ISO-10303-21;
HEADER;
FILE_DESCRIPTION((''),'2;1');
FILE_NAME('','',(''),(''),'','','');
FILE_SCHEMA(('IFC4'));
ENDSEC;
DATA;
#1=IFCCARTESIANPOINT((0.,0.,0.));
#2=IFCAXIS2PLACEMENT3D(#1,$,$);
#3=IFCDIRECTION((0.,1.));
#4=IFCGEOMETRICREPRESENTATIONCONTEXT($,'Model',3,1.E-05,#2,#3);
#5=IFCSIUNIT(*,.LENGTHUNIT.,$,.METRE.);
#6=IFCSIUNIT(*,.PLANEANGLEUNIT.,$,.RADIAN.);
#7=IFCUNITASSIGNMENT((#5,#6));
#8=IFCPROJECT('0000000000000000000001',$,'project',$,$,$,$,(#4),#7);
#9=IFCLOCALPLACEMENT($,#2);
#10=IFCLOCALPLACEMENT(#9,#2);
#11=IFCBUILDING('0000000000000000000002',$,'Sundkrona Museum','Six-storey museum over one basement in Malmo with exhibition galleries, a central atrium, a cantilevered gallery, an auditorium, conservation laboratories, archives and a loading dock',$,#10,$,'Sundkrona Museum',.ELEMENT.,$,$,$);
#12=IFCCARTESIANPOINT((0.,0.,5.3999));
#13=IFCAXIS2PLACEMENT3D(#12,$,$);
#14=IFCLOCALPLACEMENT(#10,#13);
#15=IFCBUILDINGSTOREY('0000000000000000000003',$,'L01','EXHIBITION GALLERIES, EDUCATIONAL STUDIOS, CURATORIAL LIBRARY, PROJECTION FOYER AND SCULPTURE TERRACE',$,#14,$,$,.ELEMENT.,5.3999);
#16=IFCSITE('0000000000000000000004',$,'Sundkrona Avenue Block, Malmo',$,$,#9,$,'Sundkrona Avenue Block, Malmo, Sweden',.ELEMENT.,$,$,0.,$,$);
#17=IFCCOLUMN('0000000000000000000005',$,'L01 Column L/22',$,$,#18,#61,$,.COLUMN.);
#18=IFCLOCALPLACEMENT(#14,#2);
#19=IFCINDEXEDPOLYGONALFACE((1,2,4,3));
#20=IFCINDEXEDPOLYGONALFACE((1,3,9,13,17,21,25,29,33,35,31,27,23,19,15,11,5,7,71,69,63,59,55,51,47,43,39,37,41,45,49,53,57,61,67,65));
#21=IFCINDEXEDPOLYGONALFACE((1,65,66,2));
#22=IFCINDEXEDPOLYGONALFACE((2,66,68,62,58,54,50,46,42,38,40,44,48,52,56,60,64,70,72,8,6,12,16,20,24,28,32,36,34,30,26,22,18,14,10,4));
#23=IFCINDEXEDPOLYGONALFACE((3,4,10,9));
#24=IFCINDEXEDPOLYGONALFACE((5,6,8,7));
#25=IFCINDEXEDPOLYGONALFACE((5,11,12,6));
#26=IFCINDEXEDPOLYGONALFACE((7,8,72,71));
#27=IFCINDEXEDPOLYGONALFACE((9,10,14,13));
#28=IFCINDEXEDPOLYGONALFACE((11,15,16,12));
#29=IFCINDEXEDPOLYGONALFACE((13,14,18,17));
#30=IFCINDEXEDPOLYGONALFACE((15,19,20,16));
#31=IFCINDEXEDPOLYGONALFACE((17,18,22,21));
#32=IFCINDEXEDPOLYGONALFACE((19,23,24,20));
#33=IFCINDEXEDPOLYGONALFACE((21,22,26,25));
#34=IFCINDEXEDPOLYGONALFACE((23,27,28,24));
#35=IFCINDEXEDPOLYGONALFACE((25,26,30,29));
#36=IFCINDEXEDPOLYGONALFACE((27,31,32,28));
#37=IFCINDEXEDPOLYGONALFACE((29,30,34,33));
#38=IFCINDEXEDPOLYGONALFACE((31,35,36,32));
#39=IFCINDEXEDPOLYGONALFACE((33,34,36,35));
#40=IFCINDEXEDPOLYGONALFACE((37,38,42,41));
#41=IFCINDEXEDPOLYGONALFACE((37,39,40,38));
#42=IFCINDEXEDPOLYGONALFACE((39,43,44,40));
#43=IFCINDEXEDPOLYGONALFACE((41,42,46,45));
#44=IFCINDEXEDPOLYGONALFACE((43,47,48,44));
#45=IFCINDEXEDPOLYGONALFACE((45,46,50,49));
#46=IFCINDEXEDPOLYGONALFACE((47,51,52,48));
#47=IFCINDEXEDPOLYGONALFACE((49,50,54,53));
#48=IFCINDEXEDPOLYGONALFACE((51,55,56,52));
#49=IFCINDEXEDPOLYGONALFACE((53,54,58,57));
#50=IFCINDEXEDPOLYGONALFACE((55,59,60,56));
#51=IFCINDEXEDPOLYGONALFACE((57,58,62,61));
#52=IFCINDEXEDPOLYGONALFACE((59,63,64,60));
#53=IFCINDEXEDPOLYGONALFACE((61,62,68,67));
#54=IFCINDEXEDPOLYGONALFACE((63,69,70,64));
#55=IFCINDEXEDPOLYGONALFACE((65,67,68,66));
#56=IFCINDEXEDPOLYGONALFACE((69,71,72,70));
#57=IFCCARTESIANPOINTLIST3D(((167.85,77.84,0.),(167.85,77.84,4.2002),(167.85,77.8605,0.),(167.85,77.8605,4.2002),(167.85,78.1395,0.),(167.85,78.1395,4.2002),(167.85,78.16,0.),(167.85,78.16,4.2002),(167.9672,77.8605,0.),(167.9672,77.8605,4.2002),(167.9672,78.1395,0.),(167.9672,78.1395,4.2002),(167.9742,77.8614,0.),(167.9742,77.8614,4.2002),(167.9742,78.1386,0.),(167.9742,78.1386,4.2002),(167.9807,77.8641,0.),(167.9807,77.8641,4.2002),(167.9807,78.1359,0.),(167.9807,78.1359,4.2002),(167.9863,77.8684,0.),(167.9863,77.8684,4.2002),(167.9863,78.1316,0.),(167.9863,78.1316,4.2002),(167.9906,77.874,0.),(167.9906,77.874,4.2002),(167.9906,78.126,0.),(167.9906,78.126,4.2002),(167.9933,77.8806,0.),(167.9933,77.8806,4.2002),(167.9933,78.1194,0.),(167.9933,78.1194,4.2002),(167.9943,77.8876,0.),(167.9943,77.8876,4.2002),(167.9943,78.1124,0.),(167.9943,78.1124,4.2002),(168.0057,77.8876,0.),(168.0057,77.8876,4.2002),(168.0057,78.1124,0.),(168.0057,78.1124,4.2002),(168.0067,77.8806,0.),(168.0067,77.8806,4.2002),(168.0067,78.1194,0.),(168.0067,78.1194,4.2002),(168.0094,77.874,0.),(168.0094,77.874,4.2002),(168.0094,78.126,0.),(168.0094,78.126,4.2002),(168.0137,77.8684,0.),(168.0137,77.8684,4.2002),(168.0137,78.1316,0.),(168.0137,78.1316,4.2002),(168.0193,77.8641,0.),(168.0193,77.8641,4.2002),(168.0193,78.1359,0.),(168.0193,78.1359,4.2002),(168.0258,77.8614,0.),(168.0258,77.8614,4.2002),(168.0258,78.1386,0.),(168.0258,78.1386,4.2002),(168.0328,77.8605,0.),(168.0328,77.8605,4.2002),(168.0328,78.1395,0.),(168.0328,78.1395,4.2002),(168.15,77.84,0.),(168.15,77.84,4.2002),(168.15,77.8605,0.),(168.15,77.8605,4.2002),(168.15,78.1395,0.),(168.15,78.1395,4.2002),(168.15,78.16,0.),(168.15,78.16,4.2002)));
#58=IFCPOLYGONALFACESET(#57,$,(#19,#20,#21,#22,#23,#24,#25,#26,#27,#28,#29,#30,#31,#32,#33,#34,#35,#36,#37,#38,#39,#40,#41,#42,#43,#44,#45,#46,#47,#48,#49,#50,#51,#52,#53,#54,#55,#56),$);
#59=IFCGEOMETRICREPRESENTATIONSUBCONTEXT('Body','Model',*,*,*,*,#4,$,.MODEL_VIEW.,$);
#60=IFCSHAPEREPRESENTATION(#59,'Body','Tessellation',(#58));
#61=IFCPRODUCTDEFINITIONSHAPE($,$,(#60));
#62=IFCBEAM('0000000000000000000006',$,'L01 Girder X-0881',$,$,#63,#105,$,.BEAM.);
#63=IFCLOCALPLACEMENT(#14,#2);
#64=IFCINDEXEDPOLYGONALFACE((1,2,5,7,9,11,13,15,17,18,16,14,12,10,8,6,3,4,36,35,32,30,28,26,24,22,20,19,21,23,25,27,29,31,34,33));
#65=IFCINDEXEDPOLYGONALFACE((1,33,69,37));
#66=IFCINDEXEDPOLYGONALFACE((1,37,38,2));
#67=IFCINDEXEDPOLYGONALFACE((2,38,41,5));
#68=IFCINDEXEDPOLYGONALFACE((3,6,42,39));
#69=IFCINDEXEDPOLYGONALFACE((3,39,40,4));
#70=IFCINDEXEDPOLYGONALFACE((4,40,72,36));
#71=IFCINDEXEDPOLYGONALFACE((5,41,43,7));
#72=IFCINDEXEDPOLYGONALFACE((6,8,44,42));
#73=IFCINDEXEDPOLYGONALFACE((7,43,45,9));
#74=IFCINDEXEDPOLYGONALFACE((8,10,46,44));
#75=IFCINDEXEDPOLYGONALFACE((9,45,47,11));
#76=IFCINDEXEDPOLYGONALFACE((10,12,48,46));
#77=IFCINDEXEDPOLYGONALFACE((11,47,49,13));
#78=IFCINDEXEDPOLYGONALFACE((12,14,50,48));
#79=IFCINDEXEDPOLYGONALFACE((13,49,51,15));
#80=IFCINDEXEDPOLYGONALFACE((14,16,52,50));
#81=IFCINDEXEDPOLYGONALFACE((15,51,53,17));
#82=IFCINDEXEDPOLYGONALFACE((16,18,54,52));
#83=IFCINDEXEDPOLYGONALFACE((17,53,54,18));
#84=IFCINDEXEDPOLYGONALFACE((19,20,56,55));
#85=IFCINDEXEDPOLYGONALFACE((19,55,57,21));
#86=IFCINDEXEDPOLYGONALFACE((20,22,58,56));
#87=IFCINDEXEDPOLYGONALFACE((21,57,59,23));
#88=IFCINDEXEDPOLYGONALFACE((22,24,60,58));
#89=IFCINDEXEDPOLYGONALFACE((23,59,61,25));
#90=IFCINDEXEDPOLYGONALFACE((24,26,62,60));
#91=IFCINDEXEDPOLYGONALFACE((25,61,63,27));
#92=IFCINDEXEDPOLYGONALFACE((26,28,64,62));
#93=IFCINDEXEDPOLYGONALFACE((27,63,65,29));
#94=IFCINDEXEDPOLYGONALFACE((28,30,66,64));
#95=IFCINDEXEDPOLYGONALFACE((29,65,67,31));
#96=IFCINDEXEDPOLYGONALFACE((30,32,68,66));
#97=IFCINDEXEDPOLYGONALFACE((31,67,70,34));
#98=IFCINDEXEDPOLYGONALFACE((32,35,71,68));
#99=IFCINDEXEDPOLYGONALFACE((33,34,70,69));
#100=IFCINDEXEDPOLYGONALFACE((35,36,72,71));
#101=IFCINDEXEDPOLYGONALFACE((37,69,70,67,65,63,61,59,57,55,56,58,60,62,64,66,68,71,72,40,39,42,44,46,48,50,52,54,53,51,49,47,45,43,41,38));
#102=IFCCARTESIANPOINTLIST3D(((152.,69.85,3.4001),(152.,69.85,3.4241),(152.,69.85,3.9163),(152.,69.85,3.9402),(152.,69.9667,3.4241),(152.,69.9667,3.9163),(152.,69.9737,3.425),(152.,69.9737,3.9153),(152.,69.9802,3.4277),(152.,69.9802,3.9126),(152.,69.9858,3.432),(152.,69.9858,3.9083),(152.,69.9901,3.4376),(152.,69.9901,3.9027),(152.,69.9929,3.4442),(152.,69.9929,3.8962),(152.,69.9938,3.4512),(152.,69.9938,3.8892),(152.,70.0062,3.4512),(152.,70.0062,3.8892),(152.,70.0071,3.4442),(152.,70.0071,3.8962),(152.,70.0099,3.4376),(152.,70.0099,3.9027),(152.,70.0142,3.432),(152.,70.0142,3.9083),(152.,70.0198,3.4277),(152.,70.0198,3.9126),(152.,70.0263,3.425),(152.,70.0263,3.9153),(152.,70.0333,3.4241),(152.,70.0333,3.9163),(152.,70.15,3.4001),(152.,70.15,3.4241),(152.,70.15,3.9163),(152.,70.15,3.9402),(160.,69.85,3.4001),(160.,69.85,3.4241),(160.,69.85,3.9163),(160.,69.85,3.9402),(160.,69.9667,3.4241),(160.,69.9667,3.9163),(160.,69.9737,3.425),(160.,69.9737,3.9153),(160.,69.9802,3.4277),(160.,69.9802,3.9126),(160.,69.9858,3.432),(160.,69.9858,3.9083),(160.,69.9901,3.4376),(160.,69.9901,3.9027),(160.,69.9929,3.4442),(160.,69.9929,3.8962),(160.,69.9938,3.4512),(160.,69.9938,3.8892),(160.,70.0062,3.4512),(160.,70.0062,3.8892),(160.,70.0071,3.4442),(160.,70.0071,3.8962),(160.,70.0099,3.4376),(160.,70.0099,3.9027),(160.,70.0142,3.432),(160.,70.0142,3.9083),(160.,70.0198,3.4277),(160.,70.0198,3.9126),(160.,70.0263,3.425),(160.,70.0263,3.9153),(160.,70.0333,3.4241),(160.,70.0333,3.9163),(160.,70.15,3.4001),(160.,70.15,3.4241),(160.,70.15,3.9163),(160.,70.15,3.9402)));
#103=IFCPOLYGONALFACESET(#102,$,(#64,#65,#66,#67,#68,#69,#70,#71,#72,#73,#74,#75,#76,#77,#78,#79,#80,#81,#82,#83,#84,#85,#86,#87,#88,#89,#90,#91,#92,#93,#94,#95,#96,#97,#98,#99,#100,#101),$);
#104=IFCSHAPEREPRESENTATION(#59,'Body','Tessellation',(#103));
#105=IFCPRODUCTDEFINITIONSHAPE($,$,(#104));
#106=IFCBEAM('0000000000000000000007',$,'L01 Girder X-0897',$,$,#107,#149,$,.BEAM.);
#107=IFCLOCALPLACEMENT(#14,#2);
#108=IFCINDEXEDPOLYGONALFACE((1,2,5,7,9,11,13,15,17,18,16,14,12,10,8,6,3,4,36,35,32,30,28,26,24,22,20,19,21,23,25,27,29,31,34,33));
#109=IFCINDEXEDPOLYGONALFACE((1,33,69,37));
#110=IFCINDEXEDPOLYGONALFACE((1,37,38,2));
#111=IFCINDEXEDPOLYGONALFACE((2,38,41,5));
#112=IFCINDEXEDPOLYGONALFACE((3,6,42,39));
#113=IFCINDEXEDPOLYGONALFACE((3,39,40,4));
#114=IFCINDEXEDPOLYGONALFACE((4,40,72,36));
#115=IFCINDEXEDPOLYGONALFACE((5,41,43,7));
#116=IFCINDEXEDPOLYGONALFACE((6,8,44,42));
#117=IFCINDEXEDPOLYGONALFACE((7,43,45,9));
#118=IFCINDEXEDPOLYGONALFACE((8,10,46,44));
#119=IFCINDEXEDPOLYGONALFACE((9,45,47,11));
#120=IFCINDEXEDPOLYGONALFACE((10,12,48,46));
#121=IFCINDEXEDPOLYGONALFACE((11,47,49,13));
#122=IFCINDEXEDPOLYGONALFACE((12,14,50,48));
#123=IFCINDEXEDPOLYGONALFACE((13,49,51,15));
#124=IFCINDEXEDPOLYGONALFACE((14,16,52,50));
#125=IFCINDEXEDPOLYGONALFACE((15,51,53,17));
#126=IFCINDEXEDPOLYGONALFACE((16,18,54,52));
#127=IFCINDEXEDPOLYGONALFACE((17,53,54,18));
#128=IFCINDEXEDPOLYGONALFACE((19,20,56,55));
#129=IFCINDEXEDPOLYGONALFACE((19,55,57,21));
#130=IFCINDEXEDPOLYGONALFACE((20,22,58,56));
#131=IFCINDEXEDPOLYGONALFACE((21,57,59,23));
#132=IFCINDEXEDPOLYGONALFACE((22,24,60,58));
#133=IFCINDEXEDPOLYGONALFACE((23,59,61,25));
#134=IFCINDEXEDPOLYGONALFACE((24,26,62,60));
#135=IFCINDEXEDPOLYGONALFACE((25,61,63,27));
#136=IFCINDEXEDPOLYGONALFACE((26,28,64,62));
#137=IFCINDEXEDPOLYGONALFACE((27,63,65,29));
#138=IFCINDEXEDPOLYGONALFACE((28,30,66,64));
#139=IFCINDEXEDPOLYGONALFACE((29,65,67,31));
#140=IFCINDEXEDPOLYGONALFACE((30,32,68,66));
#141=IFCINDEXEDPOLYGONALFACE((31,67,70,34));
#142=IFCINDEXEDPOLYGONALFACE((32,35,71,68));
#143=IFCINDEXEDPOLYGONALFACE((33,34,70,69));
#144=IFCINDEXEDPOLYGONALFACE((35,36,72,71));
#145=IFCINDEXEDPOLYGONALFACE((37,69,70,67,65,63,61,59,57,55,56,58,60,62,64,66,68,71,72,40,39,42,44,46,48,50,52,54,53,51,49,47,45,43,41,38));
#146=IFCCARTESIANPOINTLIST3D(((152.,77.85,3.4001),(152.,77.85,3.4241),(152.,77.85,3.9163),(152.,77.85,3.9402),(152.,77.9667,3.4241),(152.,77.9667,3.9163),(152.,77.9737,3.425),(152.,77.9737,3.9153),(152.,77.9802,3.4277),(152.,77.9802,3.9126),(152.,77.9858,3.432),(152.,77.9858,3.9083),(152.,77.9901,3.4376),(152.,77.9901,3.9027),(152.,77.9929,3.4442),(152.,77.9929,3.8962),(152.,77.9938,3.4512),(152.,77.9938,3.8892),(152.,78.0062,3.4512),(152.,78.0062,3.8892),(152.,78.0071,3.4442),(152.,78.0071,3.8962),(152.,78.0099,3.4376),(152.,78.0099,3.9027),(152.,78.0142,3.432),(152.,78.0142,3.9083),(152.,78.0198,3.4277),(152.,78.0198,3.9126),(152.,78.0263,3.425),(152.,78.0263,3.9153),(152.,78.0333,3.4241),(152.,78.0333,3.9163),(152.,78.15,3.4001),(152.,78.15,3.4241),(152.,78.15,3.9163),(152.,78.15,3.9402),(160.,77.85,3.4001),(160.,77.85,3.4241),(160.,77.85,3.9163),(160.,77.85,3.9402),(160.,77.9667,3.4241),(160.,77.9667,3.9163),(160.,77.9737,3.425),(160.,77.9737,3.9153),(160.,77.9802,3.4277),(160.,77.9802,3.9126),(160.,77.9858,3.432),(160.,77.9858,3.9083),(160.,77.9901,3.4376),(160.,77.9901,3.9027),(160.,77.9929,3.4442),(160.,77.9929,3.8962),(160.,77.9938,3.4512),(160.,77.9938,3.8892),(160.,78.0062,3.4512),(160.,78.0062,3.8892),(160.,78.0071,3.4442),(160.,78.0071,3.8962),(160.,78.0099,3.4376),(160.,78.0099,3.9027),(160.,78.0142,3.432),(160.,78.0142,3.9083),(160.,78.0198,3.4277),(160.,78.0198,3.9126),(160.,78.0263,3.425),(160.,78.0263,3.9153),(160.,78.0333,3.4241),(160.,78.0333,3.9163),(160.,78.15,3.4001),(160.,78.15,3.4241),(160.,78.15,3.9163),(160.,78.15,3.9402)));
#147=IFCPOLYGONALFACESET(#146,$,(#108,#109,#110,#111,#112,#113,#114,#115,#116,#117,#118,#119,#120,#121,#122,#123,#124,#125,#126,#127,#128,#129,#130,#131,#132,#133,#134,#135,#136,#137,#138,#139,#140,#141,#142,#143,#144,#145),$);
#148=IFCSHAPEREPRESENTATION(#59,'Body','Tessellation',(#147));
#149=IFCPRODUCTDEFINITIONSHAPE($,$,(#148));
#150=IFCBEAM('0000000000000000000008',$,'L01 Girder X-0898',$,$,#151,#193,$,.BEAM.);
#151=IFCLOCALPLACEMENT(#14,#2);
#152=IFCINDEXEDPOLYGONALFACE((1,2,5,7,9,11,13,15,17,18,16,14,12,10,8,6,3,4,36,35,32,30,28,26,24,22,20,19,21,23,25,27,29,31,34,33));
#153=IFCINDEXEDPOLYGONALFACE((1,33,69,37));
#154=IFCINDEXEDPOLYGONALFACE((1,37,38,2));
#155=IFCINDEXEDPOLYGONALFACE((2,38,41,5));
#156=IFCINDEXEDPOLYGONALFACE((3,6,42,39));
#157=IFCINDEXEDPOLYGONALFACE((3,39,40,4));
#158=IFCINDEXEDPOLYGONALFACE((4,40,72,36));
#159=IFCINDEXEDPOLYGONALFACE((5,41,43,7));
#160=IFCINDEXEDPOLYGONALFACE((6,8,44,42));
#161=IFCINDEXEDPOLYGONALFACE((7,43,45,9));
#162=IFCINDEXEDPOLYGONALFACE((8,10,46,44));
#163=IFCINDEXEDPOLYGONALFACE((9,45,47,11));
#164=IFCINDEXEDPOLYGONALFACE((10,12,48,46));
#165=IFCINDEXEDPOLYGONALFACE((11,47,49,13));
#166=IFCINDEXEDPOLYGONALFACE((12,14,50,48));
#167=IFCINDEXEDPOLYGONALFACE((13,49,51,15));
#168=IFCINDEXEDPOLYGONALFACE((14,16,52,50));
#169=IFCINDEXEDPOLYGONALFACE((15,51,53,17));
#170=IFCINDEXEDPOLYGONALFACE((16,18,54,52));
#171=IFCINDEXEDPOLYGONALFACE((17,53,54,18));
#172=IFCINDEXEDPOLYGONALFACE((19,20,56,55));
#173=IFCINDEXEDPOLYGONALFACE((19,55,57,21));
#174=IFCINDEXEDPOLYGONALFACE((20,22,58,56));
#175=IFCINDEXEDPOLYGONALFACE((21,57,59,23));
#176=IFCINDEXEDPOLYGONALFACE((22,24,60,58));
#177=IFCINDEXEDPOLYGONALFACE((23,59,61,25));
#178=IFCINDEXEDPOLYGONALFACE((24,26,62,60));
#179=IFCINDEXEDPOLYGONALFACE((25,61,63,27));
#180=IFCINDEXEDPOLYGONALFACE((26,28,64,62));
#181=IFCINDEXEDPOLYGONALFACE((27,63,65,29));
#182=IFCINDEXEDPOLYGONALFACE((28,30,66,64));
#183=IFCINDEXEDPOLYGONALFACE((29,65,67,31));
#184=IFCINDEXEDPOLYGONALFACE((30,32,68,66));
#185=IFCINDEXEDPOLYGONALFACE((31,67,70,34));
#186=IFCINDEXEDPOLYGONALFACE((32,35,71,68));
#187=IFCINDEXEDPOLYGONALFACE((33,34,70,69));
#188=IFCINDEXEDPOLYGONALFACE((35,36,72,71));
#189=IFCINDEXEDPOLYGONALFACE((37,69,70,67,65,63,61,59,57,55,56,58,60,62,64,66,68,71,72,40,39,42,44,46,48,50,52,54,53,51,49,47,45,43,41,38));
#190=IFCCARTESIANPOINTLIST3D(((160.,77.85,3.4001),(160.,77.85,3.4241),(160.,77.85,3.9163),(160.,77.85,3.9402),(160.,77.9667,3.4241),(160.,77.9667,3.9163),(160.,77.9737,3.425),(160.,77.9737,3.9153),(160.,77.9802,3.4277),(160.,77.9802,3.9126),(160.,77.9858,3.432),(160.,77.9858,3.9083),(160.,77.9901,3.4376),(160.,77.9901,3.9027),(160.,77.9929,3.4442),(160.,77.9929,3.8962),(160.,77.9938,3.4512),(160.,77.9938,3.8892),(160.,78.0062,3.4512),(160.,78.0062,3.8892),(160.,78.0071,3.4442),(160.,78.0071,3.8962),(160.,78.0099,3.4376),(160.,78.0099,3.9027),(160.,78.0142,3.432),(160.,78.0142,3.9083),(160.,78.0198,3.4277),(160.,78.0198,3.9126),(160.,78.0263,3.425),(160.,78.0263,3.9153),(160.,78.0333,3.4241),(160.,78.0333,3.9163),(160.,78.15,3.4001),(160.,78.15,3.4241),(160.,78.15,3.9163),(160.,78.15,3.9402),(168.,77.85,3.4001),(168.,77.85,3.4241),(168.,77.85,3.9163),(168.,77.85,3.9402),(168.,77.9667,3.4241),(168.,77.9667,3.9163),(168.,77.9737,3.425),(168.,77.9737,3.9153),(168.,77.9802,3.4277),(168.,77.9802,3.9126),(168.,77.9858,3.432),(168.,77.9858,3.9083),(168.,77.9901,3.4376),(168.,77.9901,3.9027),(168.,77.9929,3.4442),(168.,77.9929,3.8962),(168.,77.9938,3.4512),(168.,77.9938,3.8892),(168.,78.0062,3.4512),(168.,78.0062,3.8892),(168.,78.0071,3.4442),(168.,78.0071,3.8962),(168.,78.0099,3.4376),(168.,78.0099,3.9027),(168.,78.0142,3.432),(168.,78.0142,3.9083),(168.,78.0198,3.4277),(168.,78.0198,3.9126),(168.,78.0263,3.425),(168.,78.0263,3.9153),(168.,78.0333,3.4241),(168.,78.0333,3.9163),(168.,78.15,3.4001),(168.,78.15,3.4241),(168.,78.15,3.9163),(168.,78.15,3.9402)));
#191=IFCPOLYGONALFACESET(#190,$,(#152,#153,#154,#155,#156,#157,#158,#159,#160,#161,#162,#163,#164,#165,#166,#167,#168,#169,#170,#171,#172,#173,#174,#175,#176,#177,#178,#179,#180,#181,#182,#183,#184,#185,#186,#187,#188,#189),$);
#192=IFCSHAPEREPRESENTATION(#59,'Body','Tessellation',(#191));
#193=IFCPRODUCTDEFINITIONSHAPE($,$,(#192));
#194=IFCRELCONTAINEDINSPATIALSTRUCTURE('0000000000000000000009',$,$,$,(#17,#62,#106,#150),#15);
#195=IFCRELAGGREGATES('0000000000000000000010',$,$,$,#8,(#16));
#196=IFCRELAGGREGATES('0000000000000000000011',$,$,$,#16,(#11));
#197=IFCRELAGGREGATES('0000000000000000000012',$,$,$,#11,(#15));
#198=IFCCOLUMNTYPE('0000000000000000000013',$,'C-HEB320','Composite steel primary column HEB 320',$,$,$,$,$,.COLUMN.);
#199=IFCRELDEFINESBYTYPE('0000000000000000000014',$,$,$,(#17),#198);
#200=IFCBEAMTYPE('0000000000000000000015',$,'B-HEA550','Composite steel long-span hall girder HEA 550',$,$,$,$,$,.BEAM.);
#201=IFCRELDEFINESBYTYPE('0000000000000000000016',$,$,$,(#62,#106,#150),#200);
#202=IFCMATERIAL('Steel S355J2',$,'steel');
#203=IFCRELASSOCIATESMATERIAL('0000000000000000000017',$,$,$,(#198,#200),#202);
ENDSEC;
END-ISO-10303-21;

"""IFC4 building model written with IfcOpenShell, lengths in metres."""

from ifc_helpers import new_model, si_unit, direction, frame, origin, origin_2d, place, context, subcontext, project, spatial, i_section, extrude, material, material_profile, profile_set, type_object, element, save


model = new_model("IFC4")

# Units and contexts
model_context = context("Model", 3, precision=1e-05, world=origin(), true_north=direction((0.0, 1.0)))
body_context = subcontext(model_context, "Body", "Model", "MODEL_VIEW")
ifc_project = project(units=[si_unit("LENGTHUNIT", "METRE"), si_unit("PLANEANGLEUNIT", "RADIAN")], contexts=[model_context])

# Site, building, storey
site_placement = place(None, origin())
site = spatial("IfcSite", under=ifc_project, at=site_placement, Name="Sundkrona Avenue Block, Malmo", LongName="Sundkrona Avenue Block, Malmo, Sweden", CompositionType="ELEMENT", RefElevation=0.0)
building_placement = place(site_placement, origin())
building = spatial("IfcBuilding", under=site, at=building_placement, Name="Sundkrona Museum", Description="Six-storey museum over one basement in Malmo with exhibition galleries, a central atrium, a cantilevered gallery, an auditorium, conservation laboratories, archives and a loading dock", LongName="Sundkrona Museum", CompositionType="ELEMENT")
storey_placement = place(building_placement, frame((0.0, 0.0, 5.3999)))
storey = spatial("IfcBuildingStorey", under=building, at=storey_placement, Name="L01", Description="EXHIBITION GALLERIES, EDUCATIONAL STUDIOS, CURATORIAL LIBRARY, PROJECTION FOYER AND SCULPTURE TERRACE", CompositionType="ELEMENT", Elevation=5.3999)

# Column
ifc_material_1 = material(Name="Steel S355J2", Category="steel")
ifc_material_profile_1 = material_profile(ifc_material_1, i_section(OverallWidth=0.3, OverallDepth=0.3201, WebThickness=0.0115, FlangeThickness=0.0205, FilletRadius=0.0271, at=origin_2d()), Name="HEB 320")
ifc_profile_set_1 = profile_set([ifc_material_profile_1], Name="Steel S355J2")
column_type = type_object("IfcColumnType", Name="C-HEB320", Description="Composite steel primary column HEB 320", PredefinedType="COLUMN", material=ifc_profile_set_1)
for number, where, z_axis, x_axis, name in (
    (1, (168.0, 78.0, 0.0), (0.0, 0.0, 1.0), (1.0, 0.0, 0.0), "L01 Column L/22"),
):
    element("IfcColumn", number, at=place(storey_placement, frame(where, z_axis=z_axis, x_axis=x_axis)), inside=storey, type_object=column_type, Name=name, PredefinedType="COLUMN", context=body_context, shape_type="SweptSolid", body=[
        extrude(i_section(OverallWidth=0.3, OverallDepth=0.3201, WebThickness=0.0115, FlangeThickness=0.0205, FilletRadius=0.0271, at=origin_2d()), origin(), (0.0, 0.0, 1.0), 4.2002),
    ])

# Beams
ifc_material_profile_2 = material_profile(ifc_material_1, i_section(OverallWidth=0.3, OverallDepth=0.54, WebThickness=0.0125, FlangeThickness=0.0239, FilletRadius=0.0271, at=origin_2d()), Name="HEA 550")
ifc_profile_set_2 = profile_set([ifc_material_profile_2], Name="Steel S355J2")
beam_type_1 = type_object("IfcBeamType", Name="B-HEA550", Description="Composite steel long-span hall girder HEA 550", PredefinedType="BEAM", material=ifc_profile_set_2)
for number, where, z_axis, x_axis, name in (
    (2, (152.0, 70.0, 3.6702), (1.0, 0.0, 0.0), (0.0, 1.0, 0.0), "L01 Girder X-0881"),
    (3, (152.0, 78.0, 3.6702), (1.0, 0.0, 0.0), (0.0, 1.0, 0.0), "L01 Girder X-0897"),
    (4, (160.0, 78.0, 3.6702), (1.0, 0.0, 0.0), (0.0, 1.0, 0.0), "L01 Girder X-0898"),
):
    element("IfcBeam", number, at=place(storey_placement, frame(where, z_axis=z_axis, x_axis=x_axis)), inside=storey, type_object=beam_type_1, Name=name, PredefinedType="BEAM", context=body_context, shape_type="SweptSolid", body=[
        extrude(i_section(OverallWidth=0.3, OverallDepth=0.54, WebThickness=0.0125, FlangeThickness=0.0239, FilletRadius=0.0271, at=origin_2d()), origin(), (0.0, 0.0, 1.0), 8.0),
    ])

save(model, "model.ifc")
